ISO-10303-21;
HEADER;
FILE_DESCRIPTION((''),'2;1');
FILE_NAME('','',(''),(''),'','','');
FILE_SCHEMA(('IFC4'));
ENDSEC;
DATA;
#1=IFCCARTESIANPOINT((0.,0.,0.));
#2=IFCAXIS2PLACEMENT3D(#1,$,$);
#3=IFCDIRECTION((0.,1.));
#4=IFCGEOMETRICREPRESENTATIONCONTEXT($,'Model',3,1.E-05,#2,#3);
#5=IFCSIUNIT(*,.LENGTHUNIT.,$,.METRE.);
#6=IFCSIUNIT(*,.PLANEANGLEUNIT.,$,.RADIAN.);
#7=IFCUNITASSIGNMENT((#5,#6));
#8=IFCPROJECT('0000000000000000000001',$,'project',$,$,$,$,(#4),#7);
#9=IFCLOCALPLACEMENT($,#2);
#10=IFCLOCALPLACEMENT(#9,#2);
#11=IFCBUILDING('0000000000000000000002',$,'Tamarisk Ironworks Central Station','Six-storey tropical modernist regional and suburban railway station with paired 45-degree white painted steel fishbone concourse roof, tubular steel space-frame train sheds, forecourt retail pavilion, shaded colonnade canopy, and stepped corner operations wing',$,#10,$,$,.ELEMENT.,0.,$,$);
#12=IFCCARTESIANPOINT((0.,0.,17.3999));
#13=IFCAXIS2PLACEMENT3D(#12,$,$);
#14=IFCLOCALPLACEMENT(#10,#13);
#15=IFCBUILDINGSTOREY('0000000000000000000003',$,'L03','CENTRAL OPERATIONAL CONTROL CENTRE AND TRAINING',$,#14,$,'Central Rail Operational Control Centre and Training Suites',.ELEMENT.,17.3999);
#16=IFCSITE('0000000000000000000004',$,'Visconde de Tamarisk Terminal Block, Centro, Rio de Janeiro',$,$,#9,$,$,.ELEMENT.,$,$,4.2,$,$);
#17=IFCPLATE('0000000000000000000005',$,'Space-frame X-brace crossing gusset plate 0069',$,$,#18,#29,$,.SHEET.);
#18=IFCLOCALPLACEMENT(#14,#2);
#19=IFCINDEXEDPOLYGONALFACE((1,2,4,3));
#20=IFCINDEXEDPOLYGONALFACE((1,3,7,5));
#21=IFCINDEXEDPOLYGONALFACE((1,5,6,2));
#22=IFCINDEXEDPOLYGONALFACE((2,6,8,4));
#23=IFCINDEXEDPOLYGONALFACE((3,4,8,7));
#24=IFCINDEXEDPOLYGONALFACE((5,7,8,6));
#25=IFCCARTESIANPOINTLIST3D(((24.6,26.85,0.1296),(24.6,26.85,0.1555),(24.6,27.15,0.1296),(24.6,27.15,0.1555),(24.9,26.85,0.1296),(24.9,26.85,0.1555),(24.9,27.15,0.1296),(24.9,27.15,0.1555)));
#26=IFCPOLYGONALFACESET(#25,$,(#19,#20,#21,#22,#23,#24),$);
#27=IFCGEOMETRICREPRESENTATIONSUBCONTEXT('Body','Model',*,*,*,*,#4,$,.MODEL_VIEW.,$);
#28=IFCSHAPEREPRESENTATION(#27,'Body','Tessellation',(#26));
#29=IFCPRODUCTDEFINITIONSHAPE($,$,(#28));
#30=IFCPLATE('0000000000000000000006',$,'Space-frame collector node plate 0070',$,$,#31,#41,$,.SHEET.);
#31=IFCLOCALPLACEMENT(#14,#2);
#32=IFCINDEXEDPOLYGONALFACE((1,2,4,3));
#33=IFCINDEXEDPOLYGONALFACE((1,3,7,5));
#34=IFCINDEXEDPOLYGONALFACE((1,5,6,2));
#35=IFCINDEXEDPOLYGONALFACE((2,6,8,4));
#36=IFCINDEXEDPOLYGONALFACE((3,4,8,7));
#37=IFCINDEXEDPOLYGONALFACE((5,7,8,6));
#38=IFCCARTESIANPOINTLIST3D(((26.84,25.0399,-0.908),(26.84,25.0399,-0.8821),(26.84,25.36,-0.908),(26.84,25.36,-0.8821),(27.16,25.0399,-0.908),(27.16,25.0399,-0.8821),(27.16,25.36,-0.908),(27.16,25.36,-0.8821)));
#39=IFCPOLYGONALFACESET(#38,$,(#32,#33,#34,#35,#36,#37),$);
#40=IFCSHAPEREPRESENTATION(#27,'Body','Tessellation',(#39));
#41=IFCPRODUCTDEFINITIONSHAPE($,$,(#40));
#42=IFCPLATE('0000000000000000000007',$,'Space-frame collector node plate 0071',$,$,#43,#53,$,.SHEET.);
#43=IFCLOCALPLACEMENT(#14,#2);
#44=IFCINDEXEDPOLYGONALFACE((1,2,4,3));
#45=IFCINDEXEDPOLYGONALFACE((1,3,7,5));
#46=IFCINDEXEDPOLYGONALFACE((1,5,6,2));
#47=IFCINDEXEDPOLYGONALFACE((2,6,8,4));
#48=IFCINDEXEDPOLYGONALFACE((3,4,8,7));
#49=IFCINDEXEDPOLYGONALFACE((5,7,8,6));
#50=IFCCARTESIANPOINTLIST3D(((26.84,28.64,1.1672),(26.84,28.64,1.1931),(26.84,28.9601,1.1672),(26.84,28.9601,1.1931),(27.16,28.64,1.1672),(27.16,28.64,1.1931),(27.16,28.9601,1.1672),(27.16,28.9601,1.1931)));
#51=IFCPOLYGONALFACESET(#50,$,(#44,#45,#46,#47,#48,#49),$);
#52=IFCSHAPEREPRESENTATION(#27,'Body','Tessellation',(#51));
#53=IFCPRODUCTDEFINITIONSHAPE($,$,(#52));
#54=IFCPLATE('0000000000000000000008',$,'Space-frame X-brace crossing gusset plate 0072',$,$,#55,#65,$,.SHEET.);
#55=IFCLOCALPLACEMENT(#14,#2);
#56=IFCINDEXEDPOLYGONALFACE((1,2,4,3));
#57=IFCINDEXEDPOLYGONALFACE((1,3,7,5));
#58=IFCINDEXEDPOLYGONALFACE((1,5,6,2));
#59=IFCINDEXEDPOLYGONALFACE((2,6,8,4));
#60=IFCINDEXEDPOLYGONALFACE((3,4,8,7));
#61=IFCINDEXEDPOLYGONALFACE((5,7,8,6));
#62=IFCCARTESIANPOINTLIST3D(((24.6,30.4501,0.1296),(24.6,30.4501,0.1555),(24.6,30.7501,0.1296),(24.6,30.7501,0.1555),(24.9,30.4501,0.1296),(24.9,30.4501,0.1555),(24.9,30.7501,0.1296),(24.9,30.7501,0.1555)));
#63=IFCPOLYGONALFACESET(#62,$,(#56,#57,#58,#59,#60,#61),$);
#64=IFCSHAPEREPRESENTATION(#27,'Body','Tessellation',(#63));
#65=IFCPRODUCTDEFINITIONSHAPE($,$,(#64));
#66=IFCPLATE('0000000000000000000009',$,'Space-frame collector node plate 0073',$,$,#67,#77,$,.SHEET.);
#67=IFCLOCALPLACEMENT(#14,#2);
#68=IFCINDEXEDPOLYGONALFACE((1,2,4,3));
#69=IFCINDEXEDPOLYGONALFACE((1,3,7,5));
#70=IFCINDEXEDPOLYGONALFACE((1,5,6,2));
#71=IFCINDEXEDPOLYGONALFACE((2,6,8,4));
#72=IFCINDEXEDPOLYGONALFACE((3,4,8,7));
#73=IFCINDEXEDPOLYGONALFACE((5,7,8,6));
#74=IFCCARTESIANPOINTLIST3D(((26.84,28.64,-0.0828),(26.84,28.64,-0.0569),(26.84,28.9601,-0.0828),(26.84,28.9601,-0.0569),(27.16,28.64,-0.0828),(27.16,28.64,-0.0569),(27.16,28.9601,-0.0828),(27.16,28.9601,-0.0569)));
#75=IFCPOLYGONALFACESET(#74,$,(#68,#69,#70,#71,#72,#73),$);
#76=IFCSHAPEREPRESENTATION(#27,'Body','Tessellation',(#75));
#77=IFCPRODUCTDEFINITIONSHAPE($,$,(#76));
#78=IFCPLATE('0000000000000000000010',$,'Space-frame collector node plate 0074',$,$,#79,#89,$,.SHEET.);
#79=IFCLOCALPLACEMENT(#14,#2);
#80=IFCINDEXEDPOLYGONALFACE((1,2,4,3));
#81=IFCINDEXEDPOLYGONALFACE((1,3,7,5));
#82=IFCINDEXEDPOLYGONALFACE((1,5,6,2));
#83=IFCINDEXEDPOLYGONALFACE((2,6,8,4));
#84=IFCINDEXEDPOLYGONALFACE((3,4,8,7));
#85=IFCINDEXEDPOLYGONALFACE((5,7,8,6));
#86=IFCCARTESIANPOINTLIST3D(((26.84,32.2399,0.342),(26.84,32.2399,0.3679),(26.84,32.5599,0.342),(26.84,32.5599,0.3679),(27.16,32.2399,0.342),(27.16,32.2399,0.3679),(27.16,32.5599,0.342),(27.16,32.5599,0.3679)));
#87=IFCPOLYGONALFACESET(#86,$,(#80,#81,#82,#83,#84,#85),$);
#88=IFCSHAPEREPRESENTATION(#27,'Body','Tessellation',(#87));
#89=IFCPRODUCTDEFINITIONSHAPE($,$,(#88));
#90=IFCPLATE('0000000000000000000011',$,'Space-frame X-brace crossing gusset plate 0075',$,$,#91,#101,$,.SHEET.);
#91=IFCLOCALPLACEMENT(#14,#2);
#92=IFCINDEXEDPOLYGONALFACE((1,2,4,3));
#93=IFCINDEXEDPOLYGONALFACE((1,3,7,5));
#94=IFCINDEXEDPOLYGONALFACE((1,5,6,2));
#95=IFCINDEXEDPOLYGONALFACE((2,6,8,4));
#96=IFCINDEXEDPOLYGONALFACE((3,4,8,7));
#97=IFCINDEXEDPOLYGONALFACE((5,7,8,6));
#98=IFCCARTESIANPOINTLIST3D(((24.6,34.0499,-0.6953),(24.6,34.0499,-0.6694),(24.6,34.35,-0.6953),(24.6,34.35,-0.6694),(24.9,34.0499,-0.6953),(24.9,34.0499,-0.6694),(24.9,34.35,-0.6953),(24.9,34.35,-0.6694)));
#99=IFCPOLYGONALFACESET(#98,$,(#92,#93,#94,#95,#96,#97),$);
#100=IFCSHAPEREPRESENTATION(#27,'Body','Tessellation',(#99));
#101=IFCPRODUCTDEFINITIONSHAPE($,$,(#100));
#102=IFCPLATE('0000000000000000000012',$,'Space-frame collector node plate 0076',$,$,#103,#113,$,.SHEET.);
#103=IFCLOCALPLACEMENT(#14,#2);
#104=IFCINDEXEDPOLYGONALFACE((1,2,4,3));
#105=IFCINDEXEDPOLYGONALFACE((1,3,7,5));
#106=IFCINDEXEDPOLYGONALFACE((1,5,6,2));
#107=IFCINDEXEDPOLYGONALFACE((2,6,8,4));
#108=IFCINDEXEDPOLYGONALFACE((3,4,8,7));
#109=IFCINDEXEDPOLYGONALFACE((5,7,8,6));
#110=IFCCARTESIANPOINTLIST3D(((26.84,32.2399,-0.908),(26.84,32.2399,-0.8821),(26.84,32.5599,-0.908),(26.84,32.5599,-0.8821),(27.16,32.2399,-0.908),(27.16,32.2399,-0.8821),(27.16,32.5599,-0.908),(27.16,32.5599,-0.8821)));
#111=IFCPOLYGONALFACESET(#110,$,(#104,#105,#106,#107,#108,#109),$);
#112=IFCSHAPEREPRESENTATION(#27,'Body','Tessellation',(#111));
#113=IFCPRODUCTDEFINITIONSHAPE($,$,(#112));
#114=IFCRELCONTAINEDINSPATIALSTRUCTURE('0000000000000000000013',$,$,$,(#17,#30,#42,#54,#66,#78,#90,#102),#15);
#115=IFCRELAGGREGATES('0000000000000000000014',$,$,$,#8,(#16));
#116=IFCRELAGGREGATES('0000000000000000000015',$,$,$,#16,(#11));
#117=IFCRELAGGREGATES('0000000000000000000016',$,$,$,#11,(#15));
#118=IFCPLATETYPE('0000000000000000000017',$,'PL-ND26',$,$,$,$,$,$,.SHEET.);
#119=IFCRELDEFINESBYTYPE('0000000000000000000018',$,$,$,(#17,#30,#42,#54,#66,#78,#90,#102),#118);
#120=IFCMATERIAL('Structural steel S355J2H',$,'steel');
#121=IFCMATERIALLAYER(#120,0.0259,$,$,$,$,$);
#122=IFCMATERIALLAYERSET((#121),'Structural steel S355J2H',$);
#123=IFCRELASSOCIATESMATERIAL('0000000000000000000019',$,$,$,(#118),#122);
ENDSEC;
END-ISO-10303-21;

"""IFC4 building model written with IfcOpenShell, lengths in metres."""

from ifc_helpers import new_model, si_unit, direction, frame, origin, origin_2d, place, context, subcontext, project, spatial, rectangle, extrude, material, layer, layer_set, type_object, element, save


model = new_model("IFC4")

# Units and contexts
model_context = context("Model", 3, precision=1e-05, world=origin(), true_north=direction((0.0, 1.0)))
body_context = subcontext(model_context, "Body", "Model", "MODEL_VIEW")
ifc_project = project(units=[si_unit("LENGTHUNIT", "METRE"), si_unit("PLANEANGLEUNIT", "RADIAN")], contexts=[model_context])

# Site, building, storey
site_placement = place(None, origin())
site = spatial("IfcSite", under=ifc_project, at=site_placement, Name="Visconde de Tamarisk Terminal Block, Centro, Rio de Janeiro", CompositionType="ELEMENT", RefElevation=4.2)
building_placement = place(site_placement, origin())
building = spatial("IfcBuilding", under=site, at=building_placement, Name="Tamarisk Ironworks Central Station", Description="Six-storey tropical modernist regional and suburban railway station with paired 45-degree white painted steel fishbone concourse roof, tubular steel space-frame train sheds, forecourt retail pavilion, shaded colonnade canopy, and stepped corner operations wing", CompositionType="ELEMENT", ElevationOfRefHeight=0.0)
storey_placement = place(building_placement, frame((0.0, 0.0, 17.3999)))
storey = spatial("IfcBuildingStorey", under=building, at=storey_placement, Name="L03", Description="CENTRAL OPERATIONAL CONTROL CENTRE AND TRAINING", LongName="Central Rail Operational Control Centre and Training Suites", CompositionType="ELEMENT", Elevation=17.3999)

# Shared definitions
ifc_material = material(Name="Structural steel S355J2H", Category="steel")

# Plates
ifc_layer = layer(ifc_material, 0.0259)
ifc_layer_set = layer_set([ifc_layer], Name="Structural steel S355J2H")
plate_type = type_object("IfcPlateType", Name="PL-ND26", PredefinedType="SHEET", material=ifc_layer_set)
plate_1_placement = place(storey_placement, frame((24.75, 27.0, 0.1296), z_axis=(0.0, 0.0, 1.0), x_axis=(1.0, 0.0, 0.0)))
element("IfcPlate", 1, at=plate_1_placement, inside=storey, type_object=plate_type, Name="Space-frame X-brace crossing gusset plate 0069", PredefinedType="SHEET", context=body_context, shape_type="SweptSolid", body=[
    extrude(rectangle(XDim=0.3, YDim=0.3, at=origin_2d()), origin(), (0.0, 0.0, 1.0), 0.0259),
])
for number, where, z_axis, x_axis, name in (
    (2, (27.0, 25.2, -0.908), (0.0, 0.0, 1.0), (1.0, 0.0, 0.0), "Space-frame collector node plate 0070"),
    (3, (27.0, 28.8, 1.1672), (0.0, 0.0, 1.0), (1.0, 0.0, 0.0), "Space-frame collector node plate 0071"),
):
    element("IfcPlate", number, at=place(storey_placement, frame(where, z_axis=z_axis, x_axis=x_axis)), inside=storey, type_object=plate_type, Name=name, PredefinedType="SHEET", context=body_context, shape_type="SweptSolid", body=[
        extrude(rectangle(XDim=0.3201, YDim=0.3201, at=origin_2d()), origin(), (0.0, 0.0, 1.0), 0.0259),
    ])
plate_2_placement = place(storey_placement, frame((24.75, 30.6001, 0.1296), z_axis=(0.0, 0.0, 1.0), x_axis=(1.0, 0.0, 0.0)))
element("IfcPlate", 4, at=plate_2_placement, inside=storey, type_object=plate_type, Name="Space-frame X-brace crossing gusset plate 0072", PredefinedType="SHEET", context=body_context, shape_type="SweptSolid", body=[
    extrude(rectangle(XDim=0.3, YDim=0.3, at=origin_2d()), origin(), (0.0, 0.0, 1.0), 0.0259),
])
for number, where, z_axis, x_axis, name in (
    (5, (27.0, 28.8, -0.0828), (0.0, 0.0, 1.0), (1.0, 0.0, 0.0), "Space-frame collector node plate 0073"),
    (6, (27.0, 32.3999, 0.342), (0.0, 0.0, 1.0), (1.0, 0.0, 0.0), "Space-frame collector node plate 0074"),
):
    element("IfcPlate", number, at=place(storey_placement, frame(where, z_axis=z_axis, x_axis=x_axis)), inside=storey, type_object=plate_type, Name=name, PredefinedType="SHEET", context=body_context, shape_type="SweptSolid", body=[
        extrude(rectangle(XDim=0.3201, YDim=0.3201, at=origin_2d()), origin(), (0.0, 0.0, 1.0), 0.0259),
    ])
plate_3_placement = place(storey_placement, frame((24.75, 34.2, -0.6953), z_axis=(0.0, 0.0, 1.0), x_axis=(1.0, 0.0, 0.0)))
element("IfcPlate", 7, at=plate_3_placement, inside=storey, type_object=plate_type, Name="Space-frame X-brace crossing gusset plate 0075", PredefinedType="SHEET", context=body_context, shape_type="SweptSolid", body=[
    extrude(rectangle(XDim=0.3, YDim=0.3, at=origin_2d()), origin(), (0.0, 0.0, 1.0), 0.0259),
])
plate_4_placement = place(storey_placement, frame((27.0, 32.3999, -0.908), z_axis=(0.0, 0.0, 1.0), x_axis=(1.0, 0.0, 0.0)))
element("IfcPlate", 8, at=plate_4_placement, inside=storey, type_object=plate_type, Name="Space-frame collector node plate 0076", PredefinedType="SHEET", context=body_context, shape_type="SweptSolid", body=[
    extrude(rectangle(XDim=0.3201, YDim=0.3201, at=origin_2d()), origin(), (0.0, 0.0, 1.0), 0.0259),
])

save(model, "model.ifc")
